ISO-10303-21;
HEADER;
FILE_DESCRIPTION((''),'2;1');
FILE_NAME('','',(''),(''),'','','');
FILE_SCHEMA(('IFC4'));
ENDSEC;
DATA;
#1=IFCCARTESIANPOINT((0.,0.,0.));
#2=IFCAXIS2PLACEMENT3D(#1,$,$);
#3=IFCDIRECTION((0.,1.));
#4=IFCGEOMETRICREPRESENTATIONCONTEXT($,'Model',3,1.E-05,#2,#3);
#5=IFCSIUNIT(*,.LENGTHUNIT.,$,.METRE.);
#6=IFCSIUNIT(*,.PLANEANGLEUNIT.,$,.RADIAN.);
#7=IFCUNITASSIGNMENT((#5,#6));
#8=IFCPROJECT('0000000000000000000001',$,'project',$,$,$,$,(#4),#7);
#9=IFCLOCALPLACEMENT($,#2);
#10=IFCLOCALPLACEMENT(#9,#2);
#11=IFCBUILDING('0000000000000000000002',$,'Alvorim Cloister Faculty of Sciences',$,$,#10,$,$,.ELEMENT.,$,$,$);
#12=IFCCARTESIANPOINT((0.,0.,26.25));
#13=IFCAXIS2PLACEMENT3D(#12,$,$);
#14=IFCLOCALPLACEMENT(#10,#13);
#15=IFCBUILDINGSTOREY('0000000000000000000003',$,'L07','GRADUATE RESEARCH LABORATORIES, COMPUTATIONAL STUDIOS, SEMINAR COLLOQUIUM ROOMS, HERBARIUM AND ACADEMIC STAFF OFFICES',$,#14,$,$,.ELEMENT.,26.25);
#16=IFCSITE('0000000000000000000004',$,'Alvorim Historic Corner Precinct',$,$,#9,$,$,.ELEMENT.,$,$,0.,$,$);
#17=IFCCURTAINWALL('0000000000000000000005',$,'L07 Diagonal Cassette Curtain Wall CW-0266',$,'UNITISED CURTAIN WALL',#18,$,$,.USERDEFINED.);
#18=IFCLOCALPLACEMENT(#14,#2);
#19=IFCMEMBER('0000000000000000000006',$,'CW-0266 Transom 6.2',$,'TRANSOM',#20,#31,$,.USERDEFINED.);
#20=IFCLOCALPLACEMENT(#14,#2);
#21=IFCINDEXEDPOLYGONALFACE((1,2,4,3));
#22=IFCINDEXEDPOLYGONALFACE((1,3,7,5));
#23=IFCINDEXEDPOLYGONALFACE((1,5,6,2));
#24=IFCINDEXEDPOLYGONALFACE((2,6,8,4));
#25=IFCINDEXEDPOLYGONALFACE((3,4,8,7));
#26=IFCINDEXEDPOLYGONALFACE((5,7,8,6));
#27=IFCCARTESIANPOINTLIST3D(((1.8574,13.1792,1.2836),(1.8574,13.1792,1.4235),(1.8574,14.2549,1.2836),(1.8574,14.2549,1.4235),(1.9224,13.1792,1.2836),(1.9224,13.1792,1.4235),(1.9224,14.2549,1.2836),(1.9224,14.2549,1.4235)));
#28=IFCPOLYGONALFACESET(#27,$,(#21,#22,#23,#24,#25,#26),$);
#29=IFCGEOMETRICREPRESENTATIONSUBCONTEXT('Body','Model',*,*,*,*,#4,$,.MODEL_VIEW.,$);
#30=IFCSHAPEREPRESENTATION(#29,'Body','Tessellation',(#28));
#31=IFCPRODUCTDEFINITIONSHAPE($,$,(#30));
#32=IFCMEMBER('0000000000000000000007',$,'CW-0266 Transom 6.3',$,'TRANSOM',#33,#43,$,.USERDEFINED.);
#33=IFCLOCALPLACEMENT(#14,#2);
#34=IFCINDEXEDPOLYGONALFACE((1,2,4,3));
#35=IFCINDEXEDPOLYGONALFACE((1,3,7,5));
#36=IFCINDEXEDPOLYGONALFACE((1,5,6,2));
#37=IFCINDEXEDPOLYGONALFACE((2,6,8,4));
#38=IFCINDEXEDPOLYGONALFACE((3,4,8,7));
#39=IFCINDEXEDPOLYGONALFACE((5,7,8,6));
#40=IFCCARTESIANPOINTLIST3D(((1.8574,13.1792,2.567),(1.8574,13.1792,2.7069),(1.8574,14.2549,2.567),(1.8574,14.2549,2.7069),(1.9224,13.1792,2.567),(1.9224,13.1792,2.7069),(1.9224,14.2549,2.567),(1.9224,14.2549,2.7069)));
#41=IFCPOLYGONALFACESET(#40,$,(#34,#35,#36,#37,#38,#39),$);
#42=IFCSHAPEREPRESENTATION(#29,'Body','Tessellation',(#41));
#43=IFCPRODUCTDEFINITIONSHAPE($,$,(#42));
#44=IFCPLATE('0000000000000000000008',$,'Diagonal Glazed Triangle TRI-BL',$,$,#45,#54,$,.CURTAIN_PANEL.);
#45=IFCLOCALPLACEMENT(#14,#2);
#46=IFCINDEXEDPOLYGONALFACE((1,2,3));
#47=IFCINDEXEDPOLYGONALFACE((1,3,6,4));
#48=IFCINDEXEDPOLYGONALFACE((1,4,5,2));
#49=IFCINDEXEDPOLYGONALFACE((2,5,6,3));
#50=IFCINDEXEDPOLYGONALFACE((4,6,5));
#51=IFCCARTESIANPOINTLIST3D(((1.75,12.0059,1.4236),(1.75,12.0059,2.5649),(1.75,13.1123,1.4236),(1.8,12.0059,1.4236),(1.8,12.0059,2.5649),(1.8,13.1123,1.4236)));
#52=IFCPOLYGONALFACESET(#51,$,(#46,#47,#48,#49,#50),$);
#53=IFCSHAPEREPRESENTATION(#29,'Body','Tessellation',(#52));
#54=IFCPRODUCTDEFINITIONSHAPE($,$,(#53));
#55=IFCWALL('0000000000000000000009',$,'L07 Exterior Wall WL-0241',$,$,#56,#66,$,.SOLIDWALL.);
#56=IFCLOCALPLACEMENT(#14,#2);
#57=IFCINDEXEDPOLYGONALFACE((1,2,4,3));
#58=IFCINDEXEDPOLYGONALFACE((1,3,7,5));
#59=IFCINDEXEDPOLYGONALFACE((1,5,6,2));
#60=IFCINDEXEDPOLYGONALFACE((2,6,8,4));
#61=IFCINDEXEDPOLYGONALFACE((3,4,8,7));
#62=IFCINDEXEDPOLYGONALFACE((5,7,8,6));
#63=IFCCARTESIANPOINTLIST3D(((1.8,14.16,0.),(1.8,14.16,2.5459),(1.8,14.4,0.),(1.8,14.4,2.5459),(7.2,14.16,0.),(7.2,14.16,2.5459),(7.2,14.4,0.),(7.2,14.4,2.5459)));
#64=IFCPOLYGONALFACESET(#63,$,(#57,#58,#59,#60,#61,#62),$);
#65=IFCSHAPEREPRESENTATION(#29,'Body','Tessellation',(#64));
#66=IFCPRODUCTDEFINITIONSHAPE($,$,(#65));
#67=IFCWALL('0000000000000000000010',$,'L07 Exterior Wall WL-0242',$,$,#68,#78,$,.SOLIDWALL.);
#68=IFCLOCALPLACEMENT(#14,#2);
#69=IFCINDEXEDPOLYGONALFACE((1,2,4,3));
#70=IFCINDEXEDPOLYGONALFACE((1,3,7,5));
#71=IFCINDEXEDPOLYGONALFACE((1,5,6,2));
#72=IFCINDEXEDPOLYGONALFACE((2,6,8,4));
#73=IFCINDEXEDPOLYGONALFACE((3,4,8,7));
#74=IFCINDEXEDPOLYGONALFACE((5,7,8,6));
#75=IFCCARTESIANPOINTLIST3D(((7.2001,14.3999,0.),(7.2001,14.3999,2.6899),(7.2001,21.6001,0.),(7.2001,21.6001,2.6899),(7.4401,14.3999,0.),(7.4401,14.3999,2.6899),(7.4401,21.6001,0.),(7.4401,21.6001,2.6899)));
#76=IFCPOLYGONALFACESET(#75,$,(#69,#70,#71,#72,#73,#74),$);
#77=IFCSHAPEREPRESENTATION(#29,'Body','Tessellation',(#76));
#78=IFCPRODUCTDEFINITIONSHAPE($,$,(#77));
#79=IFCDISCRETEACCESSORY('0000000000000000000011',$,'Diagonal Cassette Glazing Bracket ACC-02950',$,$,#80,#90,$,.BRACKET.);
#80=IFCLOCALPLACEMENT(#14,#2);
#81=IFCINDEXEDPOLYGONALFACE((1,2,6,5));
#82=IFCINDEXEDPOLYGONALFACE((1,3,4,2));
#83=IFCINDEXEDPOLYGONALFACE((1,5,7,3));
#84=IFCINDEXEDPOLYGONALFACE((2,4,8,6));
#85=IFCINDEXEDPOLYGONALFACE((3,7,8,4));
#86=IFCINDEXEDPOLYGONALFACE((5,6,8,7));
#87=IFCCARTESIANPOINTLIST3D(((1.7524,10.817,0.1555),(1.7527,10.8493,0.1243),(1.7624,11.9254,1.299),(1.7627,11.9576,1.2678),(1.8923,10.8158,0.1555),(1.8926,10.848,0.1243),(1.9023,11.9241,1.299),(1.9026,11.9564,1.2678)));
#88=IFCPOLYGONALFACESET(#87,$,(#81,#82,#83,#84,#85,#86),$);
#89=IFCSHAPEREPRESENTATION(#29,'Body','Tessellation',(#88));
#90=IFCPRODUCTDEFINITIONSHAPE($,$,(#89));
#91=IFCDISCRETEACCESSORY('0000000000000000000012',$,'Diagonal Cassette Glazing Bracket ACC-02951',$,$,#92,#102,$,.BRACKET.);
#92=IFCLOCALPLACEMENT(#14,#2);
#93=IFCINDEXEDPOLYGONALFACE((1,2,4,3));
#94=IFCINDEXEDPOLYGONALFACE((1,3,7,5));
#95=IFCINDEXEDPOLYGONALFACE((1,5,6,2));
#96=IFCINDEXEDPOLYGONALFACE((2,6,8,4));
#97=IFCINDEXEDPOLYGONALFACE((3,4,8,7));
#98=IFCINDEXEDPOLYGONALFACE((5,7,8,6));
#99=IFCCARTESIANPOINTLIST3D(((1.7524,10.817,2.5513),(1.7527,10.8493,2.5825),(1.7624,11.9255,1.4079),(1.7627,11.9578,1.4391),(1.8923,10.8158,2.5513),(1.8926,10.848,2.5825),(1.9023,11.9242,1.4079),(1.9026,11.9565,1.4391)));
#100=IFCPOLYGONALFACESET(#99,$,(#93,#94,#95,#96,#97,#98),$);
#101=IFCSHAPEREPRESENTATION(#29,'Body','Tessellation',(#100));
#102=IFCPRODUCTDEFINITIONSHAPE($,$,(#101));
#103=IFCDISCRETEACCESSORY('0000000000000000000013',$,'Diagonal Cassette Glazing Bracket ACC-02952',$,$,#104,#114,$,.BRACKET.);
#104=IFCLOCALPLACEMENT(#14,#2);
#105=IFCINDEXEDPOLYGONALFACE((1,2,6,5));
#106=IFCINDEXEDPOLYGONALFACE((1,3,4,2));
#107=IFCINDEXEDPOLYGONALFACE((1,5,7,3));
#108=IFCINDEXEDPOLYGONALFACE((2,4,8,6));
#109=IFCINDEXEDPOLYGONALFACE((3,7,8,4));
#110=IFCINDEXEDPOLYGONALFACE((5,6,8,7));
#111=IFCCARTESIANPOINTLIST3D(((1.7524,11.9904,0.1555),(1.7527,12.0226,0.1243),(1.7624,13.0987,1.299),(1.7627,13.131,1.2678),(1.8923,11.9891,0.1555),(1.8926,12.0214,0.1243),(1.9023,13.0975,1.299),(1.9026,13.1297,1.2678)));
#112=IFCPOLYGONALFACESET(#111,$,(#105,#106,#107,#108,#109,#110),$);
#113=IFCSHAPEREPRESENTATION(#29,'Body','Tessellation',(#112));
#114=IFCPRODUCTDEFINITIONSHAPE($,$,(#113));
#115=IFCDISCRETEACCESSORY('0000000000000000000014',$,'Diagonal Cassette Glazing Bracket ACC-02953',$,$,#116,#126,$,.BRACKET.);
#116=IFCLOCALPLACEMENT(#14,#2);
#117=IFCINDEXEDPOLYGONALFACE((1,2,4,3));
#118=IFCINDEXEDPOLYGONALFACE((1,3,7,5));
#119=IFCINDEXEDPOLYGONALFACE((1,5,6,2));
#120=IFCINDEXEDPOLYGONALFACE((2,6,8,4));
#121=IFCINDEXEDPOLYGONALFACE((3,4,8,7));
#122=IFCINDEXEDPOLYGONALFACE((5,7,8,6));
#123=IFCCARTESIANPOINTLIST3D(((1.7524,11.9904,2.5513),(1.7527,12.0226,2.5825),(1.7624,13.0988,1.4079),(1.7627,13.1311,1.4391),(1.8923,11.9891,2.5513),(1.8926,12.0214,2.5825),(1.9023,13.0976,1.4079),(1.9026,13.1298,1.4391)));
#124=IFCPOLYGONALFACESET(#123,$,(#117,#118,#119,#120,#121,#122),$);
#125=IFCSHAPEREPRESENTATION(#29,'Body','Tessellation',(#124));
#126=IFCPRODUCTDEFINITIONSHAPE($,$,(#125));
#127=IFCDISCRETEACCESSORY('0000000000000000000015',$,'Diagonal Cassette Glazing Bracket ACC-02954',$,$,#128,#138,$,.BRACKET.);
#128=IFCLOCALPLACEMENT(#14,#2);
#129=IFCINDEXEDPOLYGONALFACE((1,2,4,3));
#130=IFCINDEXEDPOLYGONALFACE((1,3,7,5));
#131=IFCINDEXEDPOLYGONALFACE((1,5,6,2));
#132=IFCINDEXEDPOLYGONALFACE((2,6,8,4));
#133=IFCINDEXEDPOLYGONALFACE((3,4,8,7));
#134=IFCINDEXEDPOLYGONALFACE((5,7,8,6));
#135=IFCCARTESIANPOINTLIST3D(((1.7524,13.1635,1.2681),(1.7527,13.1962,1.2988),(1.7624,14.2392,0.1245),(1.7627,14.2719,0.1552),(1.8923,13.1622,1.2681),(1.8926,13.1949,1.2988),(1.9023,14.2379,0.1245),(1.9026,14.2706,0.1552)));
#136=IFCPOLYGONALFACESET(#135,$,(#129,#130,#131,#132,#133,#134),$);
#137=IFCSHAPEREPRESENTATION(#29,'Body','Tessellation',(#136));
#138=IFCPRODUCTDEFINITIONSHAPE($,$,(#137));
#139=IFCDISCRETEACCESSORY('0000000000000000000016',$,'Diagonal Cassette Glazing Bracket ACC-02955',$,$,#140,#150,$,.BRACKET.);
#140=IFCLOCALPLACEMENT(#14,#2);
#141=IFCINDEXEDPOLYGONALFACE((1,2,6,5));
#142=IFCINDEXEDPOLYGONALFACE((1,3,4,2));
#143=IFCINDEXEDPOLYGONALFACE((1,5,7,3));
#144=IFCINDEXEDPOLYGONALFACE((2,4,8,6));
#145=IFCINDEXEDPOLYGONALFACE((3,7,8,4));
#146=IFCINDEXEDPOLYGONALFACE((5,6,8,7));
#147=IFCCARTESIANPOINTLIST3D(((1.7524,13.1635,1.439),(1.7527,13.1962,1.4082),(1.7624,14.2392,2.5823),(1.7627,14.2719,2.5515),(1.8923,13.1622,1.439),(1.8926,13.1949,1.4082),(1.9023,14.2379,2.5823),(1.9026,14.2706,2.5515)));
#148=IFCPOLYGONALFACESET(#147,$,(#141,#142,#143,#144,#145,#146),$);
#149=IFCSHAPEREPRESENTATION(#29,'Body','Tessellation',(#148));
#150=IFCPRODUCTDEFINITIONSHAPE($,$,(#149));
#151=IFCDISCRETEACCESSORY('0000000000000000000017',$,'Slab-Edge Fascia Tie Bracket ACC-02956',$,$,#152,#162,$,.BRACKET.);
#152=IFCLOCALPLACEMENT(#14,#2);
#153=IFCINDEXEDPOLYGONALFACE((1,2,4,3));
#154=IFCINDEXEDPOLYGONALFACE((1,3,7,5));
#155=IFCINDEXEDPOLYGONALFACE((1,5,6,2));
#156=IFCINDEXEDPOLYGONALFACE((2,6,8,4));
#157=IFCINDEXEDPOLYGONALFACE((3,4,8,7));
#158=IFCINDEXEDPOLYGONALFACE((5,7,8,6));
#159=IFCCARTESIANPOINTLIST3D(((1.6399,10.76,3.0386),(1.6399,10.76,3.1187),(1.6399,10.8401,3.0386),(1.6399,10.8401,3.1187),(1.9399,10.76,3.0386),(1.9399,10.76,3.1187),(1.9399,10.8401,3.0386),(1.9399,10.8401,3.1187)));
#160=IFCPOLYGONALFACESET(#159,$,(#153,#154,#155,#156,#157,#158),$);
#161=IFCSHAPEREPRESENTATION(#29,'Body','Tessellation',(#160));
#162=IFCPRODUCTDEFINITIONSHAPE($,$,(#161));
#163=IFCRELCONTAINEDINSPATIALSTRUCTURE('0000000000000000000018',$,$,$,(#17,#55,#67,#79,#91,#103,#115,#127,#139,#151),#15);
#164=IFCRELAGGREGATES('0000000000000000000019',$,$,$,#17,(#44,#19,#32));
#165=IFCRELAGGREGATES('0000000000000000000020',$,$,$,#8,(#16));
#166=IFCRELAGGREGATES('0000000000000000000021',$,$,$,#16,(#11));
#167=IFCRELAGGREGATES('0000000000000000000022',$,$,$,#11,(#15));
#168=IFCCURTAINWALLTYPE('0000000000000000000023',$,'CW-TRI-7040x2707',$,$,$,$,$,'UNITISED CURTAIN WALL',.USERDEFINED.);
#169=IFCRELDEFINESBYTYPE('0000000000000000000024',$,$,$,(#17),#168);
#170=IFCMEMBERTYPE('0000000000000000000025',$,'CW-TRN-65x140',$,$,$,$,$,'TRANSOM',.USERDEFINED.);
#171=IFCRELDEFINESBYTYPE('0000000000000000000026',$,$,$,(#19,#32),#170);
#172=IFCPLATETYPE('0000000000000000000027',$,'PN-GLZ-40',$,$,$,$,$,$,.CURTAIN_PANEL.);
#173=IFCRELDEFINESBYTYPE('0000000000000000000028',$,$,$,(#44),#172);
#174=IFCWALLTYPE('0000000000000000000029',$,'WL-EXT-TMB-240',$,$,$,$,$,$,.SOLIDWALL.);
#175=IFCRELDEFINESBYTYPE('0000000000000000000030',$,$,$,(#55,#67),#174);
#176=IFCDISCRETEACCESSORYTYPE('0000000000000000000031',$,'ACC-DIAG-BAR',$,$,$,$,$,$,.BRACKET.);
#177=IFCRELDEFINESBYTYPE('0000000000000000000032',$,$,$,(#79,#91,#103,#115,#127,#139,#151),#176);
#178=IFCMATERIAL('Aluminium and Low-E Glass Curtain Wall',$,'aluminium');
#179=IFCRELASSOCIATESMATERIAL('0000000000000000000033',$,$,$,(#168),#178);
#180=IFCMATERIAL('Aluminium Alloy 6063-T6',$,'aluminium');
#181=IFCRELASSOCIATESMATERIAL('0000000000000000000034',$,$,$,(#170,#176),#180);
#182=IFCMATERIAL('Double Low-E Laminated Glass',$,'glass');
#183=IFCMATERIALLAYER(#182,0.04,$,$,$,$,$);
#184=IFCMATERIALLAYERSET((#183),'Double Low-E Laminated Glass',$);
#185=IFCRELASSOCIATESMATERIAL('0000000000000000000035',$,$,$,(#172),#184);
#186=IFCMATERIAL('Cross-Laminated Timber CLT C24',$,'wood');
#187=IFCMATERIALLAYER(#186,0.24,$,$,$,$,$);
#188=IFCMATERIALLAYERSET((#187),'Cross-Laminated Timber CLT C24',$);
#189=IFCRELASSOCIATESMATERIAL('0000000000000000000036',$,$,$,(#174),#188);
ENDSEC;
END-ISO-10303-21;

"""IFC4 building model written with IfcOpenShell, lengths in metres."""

from ifc_helpers import new_model, si_unit, direction, frame, frame_2d, origin, origin_2d, place, context, subcontext, project, spatial, polyline, rectangle, outline, extrude, material, layer, layer_set, material_profile, profile_set, type_object, element, aggregate, save


model = new_model("IFC4")

# Units and contexts
model_context = context("Model", 3, precision=1e-05, world=origin(), true_north=direction((0.0, 1.0)))
body_context = subcontext(model_context, "Body", "Model", "MODEL_VIEW")
ifc_project = project(units=[si_unit("LENGTHUNIT", "METRE"), si_unit("PLANEANGLEUNIT", "RADIAN")], contexts=[model_context])

# Site, building, storey
site_placement = place(None, origin())
site = spatial("IfcSite", under=ifc_project, at=site_placement, Name="Alvorim Historic Corner Precinct", CompositionType="ELEMENT", RefElevation=0.0)
building_placement = place(site_placement, origin())
building = spatial("IfcBuilding", under=site, at=building_placement, Name="Alvorim Cloister Faculty of Sciences", CompositionType="ELEMENT")
storey_placement = place(building_placement, frame((0.0, 0.0, 26.25)))
storey = spatial("IfcBuildingStorey", under=building, at=storey_placement, Name="L07", Description="GRADUATE RESEARCH LABORATORIES, COMPUTATIONAL STUDIOS, SEMINAR COLLOQUIUM ROOMS, HERBARIUM AND ACADEMIC STAFF OFFICES", CompositionType="ELEMENT", Elevation=26.25)

# Curtain wall, members, plate
ifc_material_1 = material(Name="Aluminium and Low-E Glass Curtain Wall", Category="aluminium")
curtain_wall_type = type_object("IfcCurtainWallType", Name="CW-TRI-7040x2707", ElementType="UNITISED CURTAIN WALL", PredefinedType="USERDEFINED", material=ifc_material_1)
curtain_wall_placement = place(storey_placement, origin())
curtain_wall = element("IfcCurtainWall", 1, at=curtain_wall_placement, inside=storey, type_object=curtain_wall_type, Name="L07 Diagonal Cassette Curtain Wall CW-0266", ObjectType="UNITISED CURTAIN WALL", PredefinedType="USERDEFINED")
ifc_material_2 = material(Name="Aluminium Alloy 6063-T6", Category="aluminium")
ifc_material_profile_1 = material_profile(ifc_material_2, rectangle(XDim=0.0649, YDim=0.1399, at=origin_2d()), Name="ALU-TRN-65x140")
ifc_profile_set_1 = profile_set([ifc_material_profile_1], Name="Aluminium Alloy 6063-T6")
member_type_1 = type_object("IfcMemberType", Name="CW-TRN-65x140", ElementType="TRANSOM", PredefinedType="USERDEFINED", material=ifc_profile_set_1)
member_1_placement = place(storey_placement, frame((1.8899, 13.1792, 1.3535), z_axis=(0.0, 1.0, 0.0), x_axis=(-1.0, 0.0, 0.0)))
member_1 = element("IfcMember", 2, at=member_1_placement, type_object=member_type_1, Name="CW-0266 Transom 6.2", ObjectType="TRANSOM", PredefinedType="USERDEFINED", context=body_context, shape_type="SweptSolid", body=[
    extrude(rectangle(XDim=0.0649, YDim=0.1399, at=origin_2d()), origin(), (0.0, 0.0, 1.0), 1.0757),
])
member_2_placement = place(storey_placement, frame((1.8899, 13.1792, 2.637), z_axis=(0.0, 1.0, 0.0), x_axis=(-1.0, 0.0, 0.0)))
member_2 = element("IfcMember", 3, at=member_2_placement, type_object=member_type_1, Name="CW-0266 Transom 6.3", ObjectType="TRANSOM", PredefinedType="USERDEFINED", context=body_context, shape_type="SweptSolid", body=[
    extrude(rectangle(XDim=0.0649, YDim=0.1399, at=origin_2d()), origin(), (0.0, 0.0, 1.0), 1.0757),
])
ifc_material_3 = material(Name="Double Low-E Laminated Glass", Category="glass")
ifc_layer_1 = layer(ifc_material_3, 0.04)
ifc_layer_set_1 = layer_set([ifc_layer_1], Name="Double Low-E Laminated Glass")
plate_type = type_object("IfcPlateType", Name="PN-GLZ-40", PredefinedType="CURTAIN_PANEL", material=ifc_layer_set_1)
plate_1_placement = place(storey_placement, frame((1.7749, 12.0059, 1.4236), z_axis=(0.0, 0.0, 1.0), x_axis=(0.0, 1.0, 0.0)))
plate_1 = element("IfcPlate", 4, at=plate_1_placement, type_object=plate_type, Name="Diagonal Glazed Triangle TRI-BL", PredefinedType="CURTAIN_PANEL", context=body_context, shape_type="SweptSolid", body=[
    extrude(outline(polyline([(0.0, 0.0), (1.1064, 0.0), (0.0, 1.1414), (0.0, 0.0)])), frame((0.0, 0.0249, 0.0), z_axis=(0.0, -1.0, 0.0), x_axis=(1.0, 0.0, 0.0)), (0.0, 0.0, 1.0), 0.05),
])
aggregate(curtain_wall, [plate_1, member_1, member_2])

# Walls
ifc_material_4 = material(Name="Cross-Laminated Timber CLT C24", Category="wood")
ifc_layer_2 = layer(ifc_material_4, 0.24)
ifc_layer_set_2 = layer_set([ifc_layer_2], Name="Cross-Laminated Timber CLT C24")
wall_type = type_object("IfcWallType", Name="WL-EXT-TMB-240", PredefinedType="SOLIDWALL", material=ifc_layer_set_2)
wall_1_placement = place(storey_placement, frame((1.8, 14.28, 0.0), z_axis=(0.0, 0.0, 1.0), x_axis=(1.0, 0.0, 0.0)))
element("IfcWall", 5, at=wall_1_placement, inside=storey, type_object=wall_type, Name="L07 Exterior Wall WL-0241", PredefinedType="SOLIDWALL", context=body_context, shape_type="SweptSolid", body=[
    extrude(rectangle(XDim=5.3999, YDim=0.24, at=frame_2d((2.7, 0.0))), origin(), (0.0, 0.0, 1.0), 2.5459),
])
wall_2_placement = place(storey_placement, frame((7.3201, 14.3999, 0.0), z_axis=(0.0, 0.0, 1.0), x_axis=(0.0, 1.0, 0.0)))
element("IfcWall", 6, at=wall_2_placement, inside=storey, type_object=wall_type, Name="L07 Exterior Wall WL-0242", PredefinedType="SOLIDWALL", context=body_context, shape_type="SweptSolid", body=[
    extrude(rectangle(XDim=7.2002, YDim=0.24, at=frame_2d((3.6001, 0.0))), origin(), (0.0, 0.0, 1.0), 2.6899),
])

# Discrete accessories
discrete_accessory_type = type_object("IfcDiscreteAccessoryType", Name="ACC-DIAG-BAR", PredefinedType="BRACKET", material=ifc_material_2)
for number, where, z_axis, x_axis, name in (
    (7, (1.8225, 10.8325, 0.1399), (0.006285, 0.695969, 0.718044), (-0.999959, 0.00903, 0.0), "Diagonal Cassette Glazing Bracket ACC-02950"),
    (8, (1.8225, 10.8325, 2.5669), (0.006286, 0.696046, -0.71797), (-0.999959, 0.00903, 0.0), "Diagonal Cassette Glazing Bracket ACC-02951"),
    (9, (1.8225, 12.0059, 0.1399), (0.006285, 0.695969, 0.718044), (-0.999959, 0.00903, 0.0), "Diagonal Cassette Glazing Bracket ACC-02952"),
    (10, (1.8225, 12.0059, 2.5669), (0.006286, 0.696046, -0.71797), (-0.999959, 0.00903, 0.0), "Diagonal Cassette Glazing Bracket ACC-02953"),
):
    element("IfcDiscreteAccessory", number, at=place(storey_placement, frame(where, z_axis=z_axis, x_axis=x_axis)), inside=storey, type_object=discrete_accessory_type, Name=name, PredefinedType="BRACKET", context=body_context, shape_type="SweptSolid", body=[
        extrude(rectangle(XDim=0.1399, YDim=0.0449, at=origin_2d()), origin(), (0.0, 0.0, 1.0), 1.5925),
    ])
discrete_accessory_1_placement = place(storey_placement, frame((1.8225, 13.1792, 1.2834), z_axis=(0.006376, 0.685147, -0.728377), x_axis=(-0.999957, 0.009305, 0.0)))
element("IfcDiscreteAccessory", 11, at=discrete_accessory_1_placement, inside=storey, type_object=discrete_accessory_type, Name="Diagonal Cassette Glazing Bracket ACC-02954", PredefinedType="BRACKET", context=body_context, shape_type="SweptSolid", body=[
    extrude(rectangle(XDim=0.1399, YDim=0.0449, at=origin_2d()), origin(), (0.0, 0.0, 1.0), 1.5701),
])
discrete_accessory_2_placement = place(storey_placement, frame((1.8225, 13.1792, 1.4236), z_axis=(0.006376, 0.685225, 0.728304), x_axis=(-0.999957, 0.009305, 0.0)))
element("IfcDiscreteAccessory", 12, at=discrete_accessory_2_placement, inside=storey, type_object=discrete_accessory_type, Name="Diagonal Cassette Glazing Bracket ACC-02955", PredefinedType="BRACKET", context=body_context, shape_type="SweptSolid", body=[
    extrude(rectangle(XDim=0.1399, YDim=0.0449, at=origin_2d()), origin(), (0.0, 0.0, 1.0), 1.5698),
])
discrete_accessory_3_placement = place(storey_placement, frame((1.9399, 10.8, 3.0786), z_axis=(-1.0, 0.0, 0.0), x_axis=(0.0, -1.0, 0.0)))
element("IfcDiscreteAccessory", 13, at=discrete_accessory_3_placement, inside=storey, type_object=discrete_accessory_type, Name="Slab-Edge Fascia Tie Bracket ACC-02956", PredefinedType="BRACKET", context=body_context, shape_type="SweptSolid", body=[
    extrude(rectangle(XDim=0.0801, YDim=0.0801, at=origin_2d()), origin(), (0.0, 0.0, 1.0), 0.3),
])

save(model, "model.ifc")
